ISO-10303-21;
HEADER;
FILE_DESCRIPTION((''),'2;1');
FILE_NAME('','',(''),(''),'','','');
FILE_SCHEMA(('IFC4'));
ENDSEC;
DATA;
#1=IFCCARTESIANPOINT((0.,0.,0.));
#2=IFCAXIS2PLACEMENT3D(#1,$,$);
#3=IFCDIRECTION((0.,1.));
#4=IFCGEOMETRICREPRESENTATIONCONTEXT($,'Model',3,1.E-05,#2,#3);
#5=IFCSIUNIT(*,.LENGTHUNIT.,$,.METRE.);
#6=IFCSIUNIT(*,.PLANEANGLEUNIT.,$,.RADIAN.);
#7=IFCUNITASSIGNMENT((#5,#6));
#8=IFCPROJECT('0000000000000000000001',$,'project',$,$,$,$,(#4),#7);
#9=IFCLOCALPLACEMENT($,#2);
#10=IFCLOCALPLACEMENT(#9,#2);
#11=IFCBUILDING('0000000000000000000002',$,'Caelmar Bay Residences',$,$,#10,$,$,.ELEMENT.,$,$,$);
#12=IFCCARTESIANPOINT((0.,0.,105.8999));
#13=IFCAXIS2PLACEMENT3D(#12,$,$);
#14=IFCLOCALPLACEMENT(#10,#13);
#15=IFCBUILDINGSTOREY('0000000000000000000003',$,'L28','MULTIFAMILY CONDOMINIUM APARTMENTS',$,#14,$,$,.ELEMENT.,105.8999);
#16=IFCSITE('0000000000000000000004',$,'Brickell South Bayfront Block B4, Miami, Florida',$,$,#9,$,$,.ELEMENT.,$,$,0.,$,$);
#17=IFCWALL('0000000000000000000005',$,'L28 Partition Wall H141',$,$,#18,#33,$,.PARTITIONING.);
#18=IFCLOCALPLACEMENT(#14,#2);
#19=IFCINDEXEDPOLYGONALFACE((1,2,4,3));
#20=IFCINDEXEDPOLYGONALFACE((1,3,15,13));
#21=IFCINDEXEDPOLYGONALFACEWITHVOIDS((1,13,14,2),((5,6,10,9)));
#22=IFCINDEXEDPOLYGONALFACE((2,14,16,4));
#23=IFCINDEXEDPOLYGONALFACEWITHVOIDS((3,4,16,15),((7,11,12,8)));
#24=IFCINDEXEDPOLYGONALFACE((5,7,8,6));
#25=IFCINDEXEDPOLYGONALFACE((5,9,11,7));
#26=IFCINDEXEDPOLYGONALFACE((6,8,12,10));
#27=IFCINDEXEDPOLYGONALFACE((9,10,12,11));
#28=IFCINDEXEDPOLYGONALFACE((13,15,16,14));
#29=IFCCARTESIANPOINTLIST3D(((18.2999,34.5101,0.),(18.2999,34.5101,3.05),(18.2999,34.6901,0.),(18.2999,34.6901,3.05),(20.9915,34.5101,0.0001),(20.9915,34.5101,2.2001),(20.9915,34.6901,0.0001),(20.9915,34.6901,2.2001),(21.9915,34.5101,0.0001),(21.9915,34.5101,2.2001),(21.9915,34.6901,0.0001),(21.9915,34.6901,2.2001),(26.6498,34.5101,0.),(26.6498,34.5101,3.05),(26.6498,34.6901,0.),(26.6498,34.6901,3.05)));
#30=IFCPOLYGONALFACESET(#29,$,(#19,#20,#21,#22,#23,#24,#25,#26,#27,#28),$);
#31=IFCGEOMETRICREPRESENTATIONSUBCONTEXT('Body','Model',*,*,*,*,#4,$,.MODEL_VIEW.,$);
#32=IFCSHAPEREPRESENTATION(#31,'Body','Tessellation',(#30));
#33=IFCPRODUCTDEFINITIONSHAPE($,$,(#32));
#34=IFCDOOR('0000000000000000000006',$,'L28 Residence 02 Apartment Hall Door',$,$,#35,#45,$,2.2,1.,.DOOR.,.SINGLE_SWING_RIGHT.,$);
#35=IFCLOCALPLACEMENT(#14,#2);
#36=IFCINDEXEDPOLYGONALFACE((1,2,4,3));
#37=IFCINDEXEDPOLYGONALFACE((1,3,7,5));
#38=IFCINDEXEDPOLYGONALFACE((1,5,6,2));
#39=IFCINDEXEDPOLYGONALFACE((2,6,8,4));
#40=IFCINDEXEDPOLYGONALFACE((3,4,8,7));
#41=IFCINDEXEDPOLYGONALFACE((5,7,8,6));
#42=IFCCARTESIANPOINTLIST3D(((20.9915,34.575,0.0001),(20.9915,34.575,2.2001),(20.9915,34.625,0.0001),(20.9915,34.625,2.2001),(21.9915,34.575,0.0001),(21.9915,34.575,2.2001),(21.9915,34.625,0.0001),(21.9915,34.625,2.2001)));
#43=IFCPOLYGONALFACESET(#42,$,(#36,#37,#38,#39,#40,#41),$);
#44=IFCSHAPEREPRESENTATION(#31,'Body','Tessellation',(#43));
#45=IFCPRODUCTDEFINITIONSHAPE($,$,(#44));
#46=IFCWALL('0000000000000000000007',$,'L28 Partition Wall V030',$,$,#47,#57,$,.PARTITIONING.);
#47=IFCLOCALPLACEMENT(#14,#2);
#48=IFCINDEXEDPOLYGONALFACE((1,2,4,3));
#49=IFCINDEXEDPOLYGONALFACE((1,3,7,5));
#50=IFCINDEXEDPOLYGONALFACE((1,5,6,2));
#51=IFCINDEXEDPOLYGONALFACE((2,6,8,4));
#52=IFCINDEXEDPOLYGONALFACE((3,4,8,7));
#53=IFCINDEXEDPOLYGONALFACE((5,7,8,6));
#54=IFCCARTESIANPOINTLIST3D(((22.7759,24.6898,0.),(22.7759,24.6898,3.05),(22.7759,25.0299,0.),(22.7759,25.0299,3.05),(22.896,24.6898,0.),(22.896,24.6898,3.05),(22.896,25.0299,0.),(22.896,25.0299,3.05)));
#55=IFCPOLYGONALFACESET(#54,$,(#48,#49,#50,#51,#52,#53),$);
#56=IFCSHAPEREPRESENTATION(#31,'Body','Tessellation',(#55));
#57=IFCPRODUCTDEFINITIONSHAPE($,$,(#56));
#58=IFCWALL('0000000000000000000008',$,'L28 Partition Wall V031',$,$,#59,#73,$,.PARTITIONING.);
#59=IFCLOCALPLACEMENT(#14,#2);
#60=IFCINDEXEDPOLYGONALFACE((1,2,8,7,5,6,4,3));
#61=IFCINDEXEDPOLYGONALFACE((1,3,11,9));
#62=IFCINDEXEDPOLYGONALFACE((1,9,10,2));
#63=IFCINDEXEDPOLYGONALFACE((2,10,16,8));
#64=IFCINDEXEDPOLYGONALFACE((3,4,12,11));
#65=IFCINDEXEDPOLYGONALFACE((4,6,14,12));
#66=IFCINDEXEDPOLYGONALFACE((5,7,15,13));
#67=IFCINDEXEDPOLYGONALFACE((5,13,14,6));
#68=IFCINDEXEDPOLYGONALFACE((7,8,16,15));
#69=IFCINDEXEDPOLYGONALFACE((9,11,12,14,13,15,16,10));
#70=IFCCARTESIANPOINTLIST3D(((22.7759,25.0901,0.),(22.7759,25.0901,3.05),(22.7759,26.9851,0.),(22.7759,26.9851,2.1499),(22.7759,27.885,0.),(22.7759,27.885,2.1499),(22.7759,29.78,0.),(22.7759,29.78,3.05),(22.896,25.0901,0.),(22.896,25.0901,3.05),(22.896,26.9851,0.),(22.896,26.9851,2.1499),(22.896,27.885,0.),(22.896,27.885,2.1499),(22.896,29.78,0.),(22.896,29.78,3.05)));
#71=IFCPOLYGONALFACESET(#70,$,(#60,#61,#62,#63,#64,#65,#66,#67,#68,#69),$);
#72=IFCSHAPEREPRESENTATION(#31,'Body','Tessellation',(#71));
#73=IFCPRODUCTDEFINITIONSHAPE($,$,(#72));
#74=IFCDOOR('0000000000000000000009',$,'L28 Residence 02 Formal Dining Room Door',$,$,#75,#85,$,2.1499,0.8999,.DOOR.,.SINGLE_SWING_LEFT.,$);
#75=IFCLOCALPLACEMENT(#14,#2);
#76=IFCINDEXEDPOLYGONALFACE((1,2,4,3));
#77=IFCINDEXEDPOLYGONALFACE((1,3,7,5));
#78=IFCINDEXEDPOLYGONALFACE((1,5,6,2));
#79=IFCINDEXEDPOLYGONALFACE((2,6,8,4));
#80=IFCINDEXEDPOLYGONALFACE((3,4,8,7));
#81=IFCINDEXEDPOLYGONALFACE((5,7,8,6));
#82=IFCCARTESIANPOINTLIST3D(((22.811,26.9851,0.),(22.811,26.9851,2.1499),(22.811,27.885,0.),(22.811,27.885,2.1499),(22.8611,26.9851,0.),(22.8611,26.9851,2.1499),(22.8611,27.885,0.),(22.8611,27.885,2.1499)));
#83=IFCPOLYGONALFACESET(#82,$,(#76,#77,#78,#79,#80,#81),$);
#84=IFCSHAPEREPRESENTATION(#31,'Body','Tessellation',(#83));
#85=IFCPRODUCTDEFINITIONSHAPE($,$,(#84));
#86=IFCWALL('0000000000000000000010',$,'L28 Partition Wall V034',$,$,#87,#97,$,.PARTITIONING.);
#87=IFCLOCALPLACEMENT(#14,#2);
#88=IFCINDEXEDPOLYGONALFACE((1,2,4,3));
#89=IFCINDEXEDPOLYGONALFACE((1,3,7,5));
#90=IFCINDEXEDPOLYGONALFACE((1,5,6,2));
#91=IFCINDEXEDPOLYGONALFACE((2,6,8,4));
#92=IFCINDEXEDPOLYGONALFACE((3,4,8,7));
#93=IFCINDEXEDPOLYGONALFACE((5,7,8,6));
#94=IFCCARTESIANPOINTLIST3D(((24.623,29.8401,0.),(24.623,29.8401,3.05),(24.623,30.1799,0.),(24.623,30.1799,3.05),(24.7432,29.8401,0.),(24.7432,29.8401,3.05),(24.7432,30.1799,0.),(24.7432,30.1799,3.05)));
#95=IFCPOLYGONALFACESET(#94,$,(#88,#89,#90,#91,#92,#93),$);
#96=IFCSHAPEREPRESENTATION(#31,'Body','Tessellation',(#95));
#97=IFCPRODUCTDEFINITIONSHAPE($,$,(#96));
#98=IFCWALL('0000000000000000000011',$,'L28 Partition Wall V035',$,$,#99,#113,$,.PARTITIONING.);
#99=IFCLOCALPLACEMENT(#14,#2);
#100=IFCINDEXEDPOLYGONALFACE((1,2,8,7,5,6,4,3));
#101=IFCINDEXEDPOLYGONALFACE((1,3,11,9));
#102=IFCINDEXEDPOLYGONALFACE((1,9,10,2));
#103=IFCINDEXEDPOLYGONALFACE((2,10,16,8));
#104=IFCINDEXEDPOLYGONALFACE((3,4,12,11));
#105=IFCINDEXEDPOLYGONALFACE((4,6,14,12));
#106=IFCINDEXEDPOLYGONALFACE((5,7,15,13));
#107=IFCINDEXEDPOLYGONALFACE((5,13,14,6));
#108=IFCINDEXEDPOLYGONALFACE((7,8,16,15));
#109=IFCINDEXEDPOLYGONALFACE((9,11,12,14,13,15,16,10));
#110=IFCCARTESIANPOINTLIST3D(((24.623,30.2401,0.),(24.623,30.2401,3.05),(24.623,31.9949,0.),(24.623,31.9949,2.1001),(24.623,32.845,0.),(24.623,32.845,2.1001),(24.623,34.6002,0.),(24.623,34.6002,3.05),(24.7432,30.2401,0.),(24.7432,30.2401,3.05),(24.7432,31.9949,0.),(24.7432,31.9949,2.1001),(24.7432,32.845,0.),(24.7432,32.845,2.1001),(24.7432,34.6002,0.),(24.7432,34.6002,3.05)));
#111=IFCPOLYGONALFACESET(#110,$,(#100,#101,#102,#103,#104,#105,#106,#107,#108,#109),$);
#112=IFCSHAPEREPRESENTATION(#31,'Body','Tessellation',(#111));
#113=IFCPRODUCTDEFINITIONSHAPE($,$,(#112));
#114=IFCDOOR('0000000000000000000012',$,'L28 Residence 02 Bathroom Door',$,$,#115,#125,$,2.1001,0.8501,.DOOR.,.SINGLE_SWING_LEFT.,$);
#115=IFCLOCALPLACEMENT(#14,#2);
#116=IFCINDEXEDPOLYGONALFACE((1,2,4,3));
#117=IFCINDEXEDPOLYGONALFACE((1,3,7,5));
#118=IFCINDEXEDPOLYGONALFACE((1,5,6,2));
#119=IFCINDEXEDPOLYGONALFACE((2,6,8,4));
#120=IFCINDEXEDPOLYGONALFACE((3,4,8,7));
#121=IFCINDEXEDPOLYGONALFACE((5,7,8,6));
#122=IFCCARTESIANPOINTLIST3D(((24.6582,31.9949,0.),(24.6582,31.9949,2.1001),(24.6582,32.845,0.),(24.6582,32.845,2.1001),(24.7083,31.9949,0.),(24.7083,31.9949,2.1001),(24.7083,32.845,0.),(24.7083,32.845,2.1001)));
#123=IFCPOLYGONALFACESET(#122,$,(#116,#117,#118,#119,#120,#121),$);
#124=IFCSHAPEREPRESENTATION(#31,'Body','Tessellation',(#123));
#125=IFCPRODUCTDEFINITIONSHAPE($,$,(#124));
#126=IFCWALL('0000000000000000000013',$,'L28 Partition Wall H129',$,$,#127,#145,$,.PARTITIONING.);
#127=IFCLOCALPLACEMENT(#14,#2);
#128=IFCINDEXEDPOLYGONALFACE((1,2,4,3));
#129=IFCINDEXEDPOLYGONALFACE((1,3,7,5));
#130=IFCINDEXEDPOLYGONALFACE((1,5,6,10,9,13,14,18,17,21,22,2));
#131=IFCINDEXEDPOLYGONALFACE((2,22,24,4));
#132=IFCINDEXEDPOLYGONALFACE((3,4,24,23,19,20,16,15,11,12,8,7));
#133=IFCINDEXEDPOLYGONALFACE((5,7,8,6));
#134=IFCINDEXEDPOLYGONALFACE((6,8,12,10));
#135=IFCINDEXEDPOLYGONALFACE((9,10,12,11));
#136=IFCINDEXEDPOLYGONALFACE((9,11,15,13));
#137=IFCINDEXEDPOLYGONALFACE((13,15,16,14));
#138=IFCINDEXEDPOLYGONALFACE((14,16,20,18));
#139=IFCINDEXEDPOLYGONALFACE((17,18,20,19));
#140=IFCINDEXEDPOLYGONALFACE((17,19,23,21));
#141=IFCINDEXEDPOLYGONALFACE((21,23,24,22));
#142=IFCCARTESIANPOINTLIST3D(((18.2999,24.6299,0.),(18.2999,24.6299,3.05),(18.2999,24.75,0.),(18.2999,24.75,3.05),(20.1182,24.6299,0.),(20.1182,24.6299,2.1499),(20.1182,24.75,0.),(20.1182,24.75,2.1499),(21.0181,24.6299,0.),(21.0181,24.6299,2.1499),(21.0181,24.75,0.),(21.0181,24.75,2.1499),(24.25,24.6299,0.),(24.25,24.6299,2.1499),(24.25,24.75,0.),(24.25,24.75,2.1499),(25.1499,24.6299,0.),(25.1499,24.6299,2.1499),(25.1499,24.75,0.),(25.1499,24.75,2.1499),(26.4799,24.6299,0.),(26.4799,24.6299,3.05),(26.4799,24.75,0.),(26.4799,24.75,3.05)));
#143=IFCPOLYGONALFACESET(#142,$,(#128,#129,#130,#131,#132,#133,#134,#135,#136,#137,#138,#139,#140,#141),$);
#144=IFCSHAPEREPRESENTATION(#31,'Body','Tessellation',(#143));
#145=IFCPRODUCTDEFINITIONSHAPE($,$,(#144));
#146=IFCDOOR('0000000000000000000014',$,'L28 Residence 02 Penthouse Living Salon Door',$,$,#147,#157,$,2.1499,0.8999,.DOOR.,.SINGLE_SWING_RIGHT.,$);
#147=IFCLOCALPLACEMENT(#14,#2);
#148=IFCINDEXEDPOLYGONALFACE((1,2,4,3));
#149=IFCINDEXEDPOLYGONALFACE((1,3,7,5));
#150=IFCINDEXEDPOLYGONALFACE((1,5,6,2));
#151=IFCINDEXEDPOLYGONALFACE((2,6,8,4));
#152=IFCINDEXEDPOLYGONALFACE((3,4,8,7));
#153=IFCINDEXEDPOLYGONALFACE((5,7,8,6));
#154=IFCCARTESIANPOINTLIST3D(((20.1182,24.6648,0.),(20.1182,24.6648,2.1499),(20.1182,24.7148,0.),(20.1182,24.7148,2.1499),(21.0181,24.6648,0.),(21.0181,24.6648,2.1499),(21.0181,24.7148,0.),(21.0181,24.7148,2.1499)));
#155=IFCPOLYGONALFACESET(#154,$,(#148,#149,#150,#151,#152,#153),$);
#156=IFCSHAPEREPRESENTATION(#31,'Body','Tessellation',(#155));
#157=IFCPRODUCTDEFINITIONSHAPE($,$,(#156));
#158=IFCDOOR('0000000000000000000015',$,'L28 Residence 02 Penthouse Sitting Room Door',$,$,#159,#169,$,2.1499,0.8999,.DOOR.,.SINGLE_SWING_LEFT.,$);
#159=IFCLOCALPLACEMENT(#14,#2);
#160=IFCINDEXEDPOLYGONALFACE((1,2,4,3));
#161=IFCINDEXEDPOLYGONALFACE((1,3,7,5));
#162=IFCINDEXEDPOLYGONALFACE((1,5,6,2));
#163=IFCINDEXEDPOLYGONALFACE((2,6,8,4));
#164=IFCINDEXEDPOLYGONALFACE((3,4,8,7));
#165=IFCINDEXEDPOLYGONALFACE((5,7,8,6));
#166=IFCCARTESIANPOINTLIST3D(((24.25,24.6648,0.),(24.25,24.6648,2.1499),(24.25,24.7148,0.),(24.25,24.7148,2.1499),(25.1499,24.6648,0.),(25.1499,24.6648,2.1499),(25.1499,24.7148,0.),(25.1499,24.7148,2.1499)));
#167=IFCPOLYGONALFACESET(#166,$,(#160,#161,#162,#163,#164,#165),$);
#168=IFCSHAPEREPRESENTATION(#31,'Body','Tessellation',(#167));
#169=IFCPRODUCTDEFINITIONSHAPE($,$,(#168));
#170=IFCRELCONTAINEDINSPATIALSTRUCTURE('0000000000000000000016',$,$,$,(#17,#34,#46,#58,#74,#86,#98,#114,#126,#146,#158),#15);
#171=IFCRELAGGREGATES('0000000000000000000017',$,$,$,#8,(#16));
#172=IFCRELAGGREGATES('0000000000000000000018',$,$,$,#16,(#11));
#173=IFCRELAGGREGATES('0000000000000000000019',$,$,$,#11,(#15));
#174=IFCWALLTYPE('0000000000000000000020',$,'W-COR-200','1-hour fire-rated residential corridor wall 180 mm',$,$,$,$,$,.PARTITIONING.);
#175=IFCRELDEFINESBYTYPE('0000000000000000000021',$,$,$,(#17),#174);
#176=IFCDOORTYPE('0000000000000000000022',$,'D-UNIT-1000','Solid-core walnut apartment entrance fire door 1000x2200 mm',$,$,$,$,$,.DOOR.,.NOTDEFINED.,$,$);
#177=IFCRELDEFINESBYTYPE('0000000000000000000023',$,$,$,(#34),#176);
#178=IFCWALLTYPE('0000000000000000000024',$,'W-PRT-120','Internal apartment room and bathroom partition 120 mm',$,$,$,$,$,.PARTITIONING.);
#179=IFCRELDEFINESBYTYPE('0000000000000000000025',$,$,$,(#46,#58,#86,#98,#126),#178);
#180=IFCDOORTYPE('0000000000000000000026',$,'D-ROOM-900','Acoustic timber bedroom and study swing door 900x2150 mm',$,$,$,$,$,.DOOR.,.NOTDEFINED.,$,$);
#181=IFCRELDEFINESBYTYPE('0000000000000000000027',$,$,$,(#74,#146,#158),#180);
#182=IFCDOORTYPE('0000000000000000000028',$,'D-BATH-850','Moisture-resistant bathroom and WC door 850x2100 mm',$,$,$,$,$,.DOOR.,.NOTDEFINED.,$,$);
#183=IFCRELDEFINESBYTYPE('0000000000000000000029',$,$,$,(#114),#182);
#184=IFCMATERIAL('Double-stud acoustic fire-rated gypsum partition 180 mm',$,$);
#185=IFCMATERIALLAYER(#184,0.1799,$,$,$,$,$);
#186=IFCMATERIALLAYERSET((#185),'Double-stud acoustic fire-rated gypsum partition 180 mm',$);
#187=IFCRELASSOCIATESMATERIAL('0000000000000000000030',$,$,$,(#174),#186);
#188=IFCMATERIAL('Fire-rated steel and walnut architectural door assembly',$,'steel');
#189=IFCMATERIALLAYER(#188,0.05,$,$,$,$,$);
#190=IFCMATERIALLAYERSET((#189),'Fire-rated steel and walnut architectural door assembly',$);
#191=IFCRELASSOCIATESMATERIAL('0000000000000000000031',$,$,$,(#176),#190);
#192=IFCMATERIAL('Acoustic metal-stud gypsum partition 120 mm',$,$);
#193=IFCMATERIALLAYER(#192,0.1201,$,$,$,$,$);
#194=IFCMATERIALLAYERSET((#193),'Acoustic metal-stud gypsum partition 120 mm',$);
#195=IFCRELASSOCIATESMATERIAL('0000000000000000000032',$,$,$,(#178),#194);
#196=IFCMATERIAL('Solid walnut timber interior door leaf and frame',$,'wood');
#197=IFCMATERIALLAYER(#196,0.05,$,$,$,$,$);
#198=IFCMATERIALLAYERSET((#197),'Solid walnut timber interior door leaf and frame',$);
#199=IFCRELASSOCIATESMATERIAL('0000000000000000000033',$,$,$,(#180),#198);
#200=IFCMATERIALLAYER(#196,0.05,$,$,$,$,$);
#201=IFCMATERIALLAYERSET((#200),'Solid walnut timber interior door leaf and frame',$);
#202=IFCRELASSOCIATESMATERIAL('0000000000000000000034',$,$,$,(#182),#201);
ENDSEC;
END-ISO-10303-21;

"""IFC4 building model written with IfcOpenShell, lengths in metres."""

from ifc_helpers import new_model, si_unit, direction, frame, frame_2d, origin, place, context, subcontext, project, spatial, rectangle, extrude, material, layer, layer_set, type_object, element, fill, save


model = new_model("IFC4")

# Units and contexts
model_context = context("Model", 3, precision=1e-05, world=origin(), true_north=direction((0.0, 1.0)))
body_context = subcontext(model_context, "Body", "Model", "MODEL_VIEW")
ifc_project = project(units=[si_unit("LENGTHUNIT", "METRE"), si_unit("PLANEANGLEUNIT", "RADIAN")], contexts=[model_context])

# Site, building, storey
site_placement = place(None, origin())
site = spatial("IfcSite", under=ifc_project, at=site_placement, Name="Brickell South Bayfront Block B4, Miami, Florida", CompositionType="ELEMENT", RefElevation=0.0)
building_placement = place(site_placement, origin())
building = spatial("IfcBuilding", under=site, at=building_placement, Name="Caelmar Bay Residences", CompositionType="ELEMENT")
storey_placement = place(building_placement, frame((0.0, 0.0, 105.8999)))
storey = spatial("IfcBuildingStorey", under=building, at=storey_placement, Name="L28", Description="MULTIFAMILY CONDOMINIUM APARTMENTS", CompositionType="ELEMENT", Elevation=105.8999)

# Wall, opening, door
ifc_material_1 = material(Name="Double-stud acoustic fire-rated gypsum partition 180 mm")
ifc_layer_1 = layer(ifc_material_1, 0.1799)
ifc_layer_set_1 = layer_set([ifc_layer_1], Name="Double-stud acoustic fire-rated gypsum partition 180 mm")
wall_type_1 = type_object("IfcWallType", Name="W-COR-200", Description="1-hour fire-rated residential corridor wall 180 mm", PredefinedType="PARTITIONING", material=ifc_layer_set_1)
wall_1_placement = place(storey_placement, frame((18.3, 34.6001, 0.0), z_axis=(0.0, 0.0, 1.0), x_axis=(1.0, 0.0, 0.0)))
wall_1 = element("IfcWall", 1, at=wall_1_placement, inside=storey, type_object=wall_type_1, Name="L28 Partition Wall H141", PredefinedType="PARTITIONING", context=body_context, shape_type="SweptSolid", body=[
    extrude(rectangle(XDim=8.3499, YDim=0.1799, at=frame_2d((4.1748, 0.0))), origin(), (0.0, 0.0, 1.0), 3.05),
])
opening_1_placement = place(wall_1_placement, frame((2.6914, 0.0, 0.0)))
opening_1 = element("IfcOpeningElement", 2, at=opening_1_placement, cuts=wall_1, PredefinedType="OPENING", context=body_context, shape_type="SweptSolid", body=[
    extrude(rectangle(XDim=1.0, YDim=2.2, at=frame_2d((0.5, 1.1001))), frame((0.0, 0.0999, 0.0), z_axis=(0.0, -1.0, 0.0), x_axis=(1.0, 0.0, 0.0)), (0.0, 0.0, 1.0), 0.2),
])
ifc_material_2 = material(Name="Fire-rated steel and walnut architectural door assembly", Category="steel")
ifc_layer_2 = layer(ifc_material_2, 0.05)
ifc_layer_set_2 = layer_set([ifc_layer_2], Name="Fire-rated steel and walnut architectural door assembly")
door_type_1 = type_object("IfcDoorType", Name="D-UNIT-1000", Description="Solid-core walnut apartment entrance fire door 1000x2200 mm", OperationType="NOTDEFINED", PredefinedType="DOOR", material=ifc_layer_set_2)
door_1_placement = place(opening_1_placement, origin())
door_1 = element("IfcDoor", 3, at=door_1_placement, inside=storey, type_object=door_type_1, Name="L28 Residence 02 Apartment Hall Door", OperationType="SINGLE_SWING_RIGHT", OverallHeight=2.2, OverallWidth=1.0, PredefinedType="DOOR", context=body_context, shape_type="SweptSolid", body=[
    extrude(rectangle(XDim=1.0, YDim=2.2, at=frame_2d((0.5, 1.1001))), frame((0.0, 0.0249, 0.0), z_axis=(0.0, -1.0, 0.0), x_axis=(1.0, 0.0, 0.0)), (0.0, 0.0, 1.0), 0.05),
])
fill(opening_1, door_1)

# Wall
ifc_material_3 = material(Name="Acoustic metal-stud gypsum partition 120 mm")
ifc_layer_3 = layer(ifc_material_3, 0.1201)
ifc_layer_set_3 = layer_set([ifc_layer_3], Name="Acoustic metal-stud gypsum partition 120 mm")
wall_type_2 = type_object("IfcWallType", Name="W-PRT-120", Description="Internal apartment room and bathroom partition 120 mm", PredefinedType="PARTITIONING", material=ifc_layer_set_3)
wall_2_placement = place(storey_placement, frame((22.8359, 24.6899, 0.0), z_axis=(0.0, 0.0, 1.0), x_axis=(0.0, 1.0, 0.0)))
element("IfcWall", 4, at=wall_2_placement, inside=storey, type_object=wall_type_2, Name="L28 Partition Wall V030", PredefinedType="PARTITIONING", context=body_context, shape_type="SweptSolid", body=[
    extrude(rectangle(XDim=0.3401, YDim=0.1201, at=frame_2d((0.1699, 0.0))), origin(), (0.0, 0.0, 1.0), 3.05),
])

# Wall, opening, door
wall_3_placement = place(storey_placement, frame((22.8359, 25.0901, 0.0), z_axis=(0.0, 0.0, 1.0), x_axis=(0.0, 1.0, 0.0)))
wall_3 = element("IfcWall", 5, at=wall_3_placement, inside=storey, type_object=wall_type_2, Name="L28 Partition Wall V031", PredefinedType="PARTITIONING", context=body_context, shape_type="SweptSolid", body=[
    extrude(rectangle(XDim=4.6899, YDim=0.1201, at=frame_2d((2.345, 0.0))), origin(), (0.0, 0.0, 1.0), 3.05),
])
opening_2_placement = place(wall_3_placement, frame((1.895, 0.0, 0.0)))
opening_2 = element("IfcOpeningElement", 6, at=opening_2_placement, cuts=wall_3, PredefinedType="OPENING", context=body_context, shape_type="SweptSolid", body=[
    extrude(rectangle(XDim=0.8999, YDim=2.1499, at=frame_2d((0.45, 1.075))), frame((0.0, 0.0701, 0.0), z_axis=(0.0, -1.0, 0.0), x_axis=(1.0, 0.0, 0.0)), (0.0, 0.0, 1.0), 0.1401),
])
ifc_material_4 = material(Name="Solid walnut timber interior door leaf and frame", Category="wood")
ifc_layer_4 = layer(ifc_material_4, 0.05)
ifc_layer_set_4 = layer_set([ifc_layer_4], Name="Solid walnut timber interior door leaf and frame")
door_type_2 = type_object("IfcDoorType", Name="D-ROOM-900", Description="Acoustic timber bedroom and study swing door 900x2150 mm", OperationType="NOTDEFINED", PredefinedType="DOOR", material=ifc_layer_set_4)
door_2_placement = place(opening_2_placement, origin())
door_2 = element("IfcDoor", 7, at=door_2_placement, inside=storey, type_object=door_type_2, Name="L28 Residence 02 Formal Dining Room Door", OperationType="SINGLE_SWING_LEFT", OverallHeight=2.1499, OverallWidth=0.8999, PredefinedType="DOOR", context=body_context, shape_type="SweptSolid", body=[
    extrude(rectangle(XDim=0.8999, YDim=2.1499, at=frame_2d((0.45, 1.075))), frame((0.0, 0.0249, 0.0), z_axis=(0.0, -1.0, 0.0), x_axis=(1.0, 0.0, 0.0)), (0.0, 0.0, 1.0), 0.05),
])
fill(opening_2, door_2)

# Wall
wall_4_placement = place(storey_placement, frame((24.6831, 29.8401, 0.0), z_axis=(0.0, 0.0, 1.0), x_axis=(0.0, 1.0, 0.0)))
element("IfcWall", 8, at=wall_4_placement, inside=storey, type_object=wall_type_2, Name="L28 Partition Wall V034", PredefinedType="PARTITIONING", context=body_context, shape_type="SweptSolid", body=[
    extrude(rectangle(XDim=0.3398, YDim=0.1201, at=frame_2d((0.1699, 0.0))), origin(), (0.0, 0.0, 1.0), 3.05),
])

# Wall, opening, door
wall_5_placement = place(storey_placement, frame((24.6831, 30.24, 0.0), z_axis=(0.0, 0.0, 1.0), x_axis=(0.0, 1.0, 0.0)))
wall_5 = element("IfcWall", 9, at=wall_5_placement, inside=storey, type_object=wall_type_2, Name="L28 Partition Wall V035", PredefinedType="PARTITIONING", context=body_context, shape_type="SweptSolid", body=[
    extrude(rectangle(XDim=4.3601, YDim=0.1201, at=frame_2d((2.1802, 0.0))), origin(), (0.0, 0.0, 1.0), 3.05),
])
opening_3_placement = place(wall_5_placement, frame((1.7549, 0.0, 0.0)))
opening_3 = element("IfcOpeningElement", 10, at=opening_3_placement, cuts=wall_5, PredefinedType="OPENING", context=body_context, shape_type="SweptSolid", body=[
    extrude(rectangle(XDim=0.8501, YDim=2.1001, at=frame_2d((0.425, 1.05))), frame((0.0, 0.0701, 0.0), z_axis=(0.0, -1.0, 0.0), x_axis=(1.0, 0.0, 0.0)), (0.0, 0.0, 1.0), 0.1401),
])
ifc_layer_5 = layer(ifc_material_4, 0.05)
ifc_layer_set_5 = layer_set([ifc_layer_5], Name="Solid walnut timber interior door leaf and frame")
door_type_3 = type_object("IfcDoorType", Name="D-BATH-850", Description="Moisture-resistant bathroom and WC door 850x2100 mm", OperationType="NOTDEFINED", PredefinedType="DOOR", material=ifc_layer_set_5)
door_3_placement = place(opening_3_placement, origin())
door_3 = element("IfcDoor", 11, at=door_3_placement, inside=storey, type_object=door_type_3, Name="L28 Residence 02 Bathroom Door", OperationType="SINGLE_SWING_LEFT", OverallHeight=2.1001, OverallWidth=0.8501, PredefinedType="DOOR", context=body_context, shape_type="SweptSolid", body=[
    extrude(rectangle(XDim=0.8501, YDim=2.1001, at=frame_2d((0.425, 1.05))), frame((0.0, 0.0249, 0.0), z_axis=(0.0, -1.0, 0.0), x_axis=(1.0, 0.0, 0.0)), (0.0, 0.0, 1.0), 0.05),
])
fill(opening_3, door_3)

# Wall, openings, doors
wall_6_placement = place(storey_placement, frame((18.3, 24.6899, 0.0), z_axis=(0.0, 0.0, 1.0), x_axis=(1.0, 0.0, 0.0)))
wall_6 = element("IfcWall", 12, at=wall_6_placement, inside=storey, type_object=wall_type_2, Name="L28 Partition Wall H129", PredefinedType="PARTITIONING", context=body_context, shape_type="SweptSolid", body=[
    extrude(rectangle(XDim=8.1799, YDim=0.1201, at=frame_2d((4.0898, 0.0))), origin(), (0.0, 0.0, 1.0), 3.05),
])
opening_4_placement = place(wall_6_placement, frame((1.8181, 0.0, 0.0)))
opening_4 = element("IfcOpeningElement", 13, at=opening_4_placement, cuts=wall_6, PredefinedType="OPENING", context=body_context, shape_type="SweptSolid", body=[
    extrude(rectangle(XDim=0.8999, YDim=2.1499, at=frame_2d((0.45, 1.075))), frame((0.0, 0.0701, 0.0), z_axis=(0.0, -1.0, 0.0), x_axis=(1.0, 0.0, 0.0)), (0.0, 0.0, 1.0), 0.1401),
])
opening_5_placement = place(wall_6_placement, frame((5.95, 0.0, 0.0)))
opening_5 = element("IfcOpeningElement", 14, at=opening_5_placement, cuts=wall_6, PredefinedType="OPENING", context=body_context, shape_type="SweptSolid", body=[
    extrude(rectangle(XDim=0.8999, YDim=2.1499, at=frame_2d((0.45, 1.075))), frame((0.0, 0.0701, 0.0), z_axis=(0.0, -1.0, 0.0), x_axis=(1.0, 0.0, 0.0)), (0.0, 0.0, 1.0), 0.1401),
])
door_4_placement = place(opening_4_placement, origin())
door_4 = element("IfcDoor", 15, at=door_4_placement, inside=storey, type_object=door_type_2, Name="L28 Residence 02 Penthouse Living Salon Door", OperationType="SINGLE_SWING_RIGHT", OverallHeight=2.1499, OverallWidth=0.8999, PredefinedType="DOOR", context=body_context, shape_type="SweptSolid", body=[
    extrude(rectangle(XDim=0.8999, YDim=2.1499, at=frame_2d((0.45, 1.075))), frame((0.0, 0.0249, 0.0), z_axis=(0.0, -1.0, 0.0), x_axis=(1.0, 0.0, 0.0)), (0.0, 0.0, 1.0), 0.05),
])
fill(opening_4, door_4)
door_5_placement = place(opening_5_placement, origin())
door_5 = element("IfcDoor", 16, at=door_5_placement, inside=storey, type_object=door_type_2, Name="L28 Residence 02 Penthouse Sitting Room Door", OperationType="SINGLE_SWING_LEFT", OverallHeight=2.1499, OverallWidth=0.8999, PredefinedType="DOOR", context=body_context, shape_type="SweptSolid", body=[
    extrude(rectangle(XDim=0.8999, YDim=2.1499, at=frame_2d((0.45, 1.075))), frame((0.0, 0.0249, 0.0), z_axis=(0.0, -1.0, 0.0), x_axis=(1.0, 0.0, 0.0)), (0.0, 0.0, 1.0), 0.05),
])
fill(opening_5, door_5)

save(model, "model.ifc")
